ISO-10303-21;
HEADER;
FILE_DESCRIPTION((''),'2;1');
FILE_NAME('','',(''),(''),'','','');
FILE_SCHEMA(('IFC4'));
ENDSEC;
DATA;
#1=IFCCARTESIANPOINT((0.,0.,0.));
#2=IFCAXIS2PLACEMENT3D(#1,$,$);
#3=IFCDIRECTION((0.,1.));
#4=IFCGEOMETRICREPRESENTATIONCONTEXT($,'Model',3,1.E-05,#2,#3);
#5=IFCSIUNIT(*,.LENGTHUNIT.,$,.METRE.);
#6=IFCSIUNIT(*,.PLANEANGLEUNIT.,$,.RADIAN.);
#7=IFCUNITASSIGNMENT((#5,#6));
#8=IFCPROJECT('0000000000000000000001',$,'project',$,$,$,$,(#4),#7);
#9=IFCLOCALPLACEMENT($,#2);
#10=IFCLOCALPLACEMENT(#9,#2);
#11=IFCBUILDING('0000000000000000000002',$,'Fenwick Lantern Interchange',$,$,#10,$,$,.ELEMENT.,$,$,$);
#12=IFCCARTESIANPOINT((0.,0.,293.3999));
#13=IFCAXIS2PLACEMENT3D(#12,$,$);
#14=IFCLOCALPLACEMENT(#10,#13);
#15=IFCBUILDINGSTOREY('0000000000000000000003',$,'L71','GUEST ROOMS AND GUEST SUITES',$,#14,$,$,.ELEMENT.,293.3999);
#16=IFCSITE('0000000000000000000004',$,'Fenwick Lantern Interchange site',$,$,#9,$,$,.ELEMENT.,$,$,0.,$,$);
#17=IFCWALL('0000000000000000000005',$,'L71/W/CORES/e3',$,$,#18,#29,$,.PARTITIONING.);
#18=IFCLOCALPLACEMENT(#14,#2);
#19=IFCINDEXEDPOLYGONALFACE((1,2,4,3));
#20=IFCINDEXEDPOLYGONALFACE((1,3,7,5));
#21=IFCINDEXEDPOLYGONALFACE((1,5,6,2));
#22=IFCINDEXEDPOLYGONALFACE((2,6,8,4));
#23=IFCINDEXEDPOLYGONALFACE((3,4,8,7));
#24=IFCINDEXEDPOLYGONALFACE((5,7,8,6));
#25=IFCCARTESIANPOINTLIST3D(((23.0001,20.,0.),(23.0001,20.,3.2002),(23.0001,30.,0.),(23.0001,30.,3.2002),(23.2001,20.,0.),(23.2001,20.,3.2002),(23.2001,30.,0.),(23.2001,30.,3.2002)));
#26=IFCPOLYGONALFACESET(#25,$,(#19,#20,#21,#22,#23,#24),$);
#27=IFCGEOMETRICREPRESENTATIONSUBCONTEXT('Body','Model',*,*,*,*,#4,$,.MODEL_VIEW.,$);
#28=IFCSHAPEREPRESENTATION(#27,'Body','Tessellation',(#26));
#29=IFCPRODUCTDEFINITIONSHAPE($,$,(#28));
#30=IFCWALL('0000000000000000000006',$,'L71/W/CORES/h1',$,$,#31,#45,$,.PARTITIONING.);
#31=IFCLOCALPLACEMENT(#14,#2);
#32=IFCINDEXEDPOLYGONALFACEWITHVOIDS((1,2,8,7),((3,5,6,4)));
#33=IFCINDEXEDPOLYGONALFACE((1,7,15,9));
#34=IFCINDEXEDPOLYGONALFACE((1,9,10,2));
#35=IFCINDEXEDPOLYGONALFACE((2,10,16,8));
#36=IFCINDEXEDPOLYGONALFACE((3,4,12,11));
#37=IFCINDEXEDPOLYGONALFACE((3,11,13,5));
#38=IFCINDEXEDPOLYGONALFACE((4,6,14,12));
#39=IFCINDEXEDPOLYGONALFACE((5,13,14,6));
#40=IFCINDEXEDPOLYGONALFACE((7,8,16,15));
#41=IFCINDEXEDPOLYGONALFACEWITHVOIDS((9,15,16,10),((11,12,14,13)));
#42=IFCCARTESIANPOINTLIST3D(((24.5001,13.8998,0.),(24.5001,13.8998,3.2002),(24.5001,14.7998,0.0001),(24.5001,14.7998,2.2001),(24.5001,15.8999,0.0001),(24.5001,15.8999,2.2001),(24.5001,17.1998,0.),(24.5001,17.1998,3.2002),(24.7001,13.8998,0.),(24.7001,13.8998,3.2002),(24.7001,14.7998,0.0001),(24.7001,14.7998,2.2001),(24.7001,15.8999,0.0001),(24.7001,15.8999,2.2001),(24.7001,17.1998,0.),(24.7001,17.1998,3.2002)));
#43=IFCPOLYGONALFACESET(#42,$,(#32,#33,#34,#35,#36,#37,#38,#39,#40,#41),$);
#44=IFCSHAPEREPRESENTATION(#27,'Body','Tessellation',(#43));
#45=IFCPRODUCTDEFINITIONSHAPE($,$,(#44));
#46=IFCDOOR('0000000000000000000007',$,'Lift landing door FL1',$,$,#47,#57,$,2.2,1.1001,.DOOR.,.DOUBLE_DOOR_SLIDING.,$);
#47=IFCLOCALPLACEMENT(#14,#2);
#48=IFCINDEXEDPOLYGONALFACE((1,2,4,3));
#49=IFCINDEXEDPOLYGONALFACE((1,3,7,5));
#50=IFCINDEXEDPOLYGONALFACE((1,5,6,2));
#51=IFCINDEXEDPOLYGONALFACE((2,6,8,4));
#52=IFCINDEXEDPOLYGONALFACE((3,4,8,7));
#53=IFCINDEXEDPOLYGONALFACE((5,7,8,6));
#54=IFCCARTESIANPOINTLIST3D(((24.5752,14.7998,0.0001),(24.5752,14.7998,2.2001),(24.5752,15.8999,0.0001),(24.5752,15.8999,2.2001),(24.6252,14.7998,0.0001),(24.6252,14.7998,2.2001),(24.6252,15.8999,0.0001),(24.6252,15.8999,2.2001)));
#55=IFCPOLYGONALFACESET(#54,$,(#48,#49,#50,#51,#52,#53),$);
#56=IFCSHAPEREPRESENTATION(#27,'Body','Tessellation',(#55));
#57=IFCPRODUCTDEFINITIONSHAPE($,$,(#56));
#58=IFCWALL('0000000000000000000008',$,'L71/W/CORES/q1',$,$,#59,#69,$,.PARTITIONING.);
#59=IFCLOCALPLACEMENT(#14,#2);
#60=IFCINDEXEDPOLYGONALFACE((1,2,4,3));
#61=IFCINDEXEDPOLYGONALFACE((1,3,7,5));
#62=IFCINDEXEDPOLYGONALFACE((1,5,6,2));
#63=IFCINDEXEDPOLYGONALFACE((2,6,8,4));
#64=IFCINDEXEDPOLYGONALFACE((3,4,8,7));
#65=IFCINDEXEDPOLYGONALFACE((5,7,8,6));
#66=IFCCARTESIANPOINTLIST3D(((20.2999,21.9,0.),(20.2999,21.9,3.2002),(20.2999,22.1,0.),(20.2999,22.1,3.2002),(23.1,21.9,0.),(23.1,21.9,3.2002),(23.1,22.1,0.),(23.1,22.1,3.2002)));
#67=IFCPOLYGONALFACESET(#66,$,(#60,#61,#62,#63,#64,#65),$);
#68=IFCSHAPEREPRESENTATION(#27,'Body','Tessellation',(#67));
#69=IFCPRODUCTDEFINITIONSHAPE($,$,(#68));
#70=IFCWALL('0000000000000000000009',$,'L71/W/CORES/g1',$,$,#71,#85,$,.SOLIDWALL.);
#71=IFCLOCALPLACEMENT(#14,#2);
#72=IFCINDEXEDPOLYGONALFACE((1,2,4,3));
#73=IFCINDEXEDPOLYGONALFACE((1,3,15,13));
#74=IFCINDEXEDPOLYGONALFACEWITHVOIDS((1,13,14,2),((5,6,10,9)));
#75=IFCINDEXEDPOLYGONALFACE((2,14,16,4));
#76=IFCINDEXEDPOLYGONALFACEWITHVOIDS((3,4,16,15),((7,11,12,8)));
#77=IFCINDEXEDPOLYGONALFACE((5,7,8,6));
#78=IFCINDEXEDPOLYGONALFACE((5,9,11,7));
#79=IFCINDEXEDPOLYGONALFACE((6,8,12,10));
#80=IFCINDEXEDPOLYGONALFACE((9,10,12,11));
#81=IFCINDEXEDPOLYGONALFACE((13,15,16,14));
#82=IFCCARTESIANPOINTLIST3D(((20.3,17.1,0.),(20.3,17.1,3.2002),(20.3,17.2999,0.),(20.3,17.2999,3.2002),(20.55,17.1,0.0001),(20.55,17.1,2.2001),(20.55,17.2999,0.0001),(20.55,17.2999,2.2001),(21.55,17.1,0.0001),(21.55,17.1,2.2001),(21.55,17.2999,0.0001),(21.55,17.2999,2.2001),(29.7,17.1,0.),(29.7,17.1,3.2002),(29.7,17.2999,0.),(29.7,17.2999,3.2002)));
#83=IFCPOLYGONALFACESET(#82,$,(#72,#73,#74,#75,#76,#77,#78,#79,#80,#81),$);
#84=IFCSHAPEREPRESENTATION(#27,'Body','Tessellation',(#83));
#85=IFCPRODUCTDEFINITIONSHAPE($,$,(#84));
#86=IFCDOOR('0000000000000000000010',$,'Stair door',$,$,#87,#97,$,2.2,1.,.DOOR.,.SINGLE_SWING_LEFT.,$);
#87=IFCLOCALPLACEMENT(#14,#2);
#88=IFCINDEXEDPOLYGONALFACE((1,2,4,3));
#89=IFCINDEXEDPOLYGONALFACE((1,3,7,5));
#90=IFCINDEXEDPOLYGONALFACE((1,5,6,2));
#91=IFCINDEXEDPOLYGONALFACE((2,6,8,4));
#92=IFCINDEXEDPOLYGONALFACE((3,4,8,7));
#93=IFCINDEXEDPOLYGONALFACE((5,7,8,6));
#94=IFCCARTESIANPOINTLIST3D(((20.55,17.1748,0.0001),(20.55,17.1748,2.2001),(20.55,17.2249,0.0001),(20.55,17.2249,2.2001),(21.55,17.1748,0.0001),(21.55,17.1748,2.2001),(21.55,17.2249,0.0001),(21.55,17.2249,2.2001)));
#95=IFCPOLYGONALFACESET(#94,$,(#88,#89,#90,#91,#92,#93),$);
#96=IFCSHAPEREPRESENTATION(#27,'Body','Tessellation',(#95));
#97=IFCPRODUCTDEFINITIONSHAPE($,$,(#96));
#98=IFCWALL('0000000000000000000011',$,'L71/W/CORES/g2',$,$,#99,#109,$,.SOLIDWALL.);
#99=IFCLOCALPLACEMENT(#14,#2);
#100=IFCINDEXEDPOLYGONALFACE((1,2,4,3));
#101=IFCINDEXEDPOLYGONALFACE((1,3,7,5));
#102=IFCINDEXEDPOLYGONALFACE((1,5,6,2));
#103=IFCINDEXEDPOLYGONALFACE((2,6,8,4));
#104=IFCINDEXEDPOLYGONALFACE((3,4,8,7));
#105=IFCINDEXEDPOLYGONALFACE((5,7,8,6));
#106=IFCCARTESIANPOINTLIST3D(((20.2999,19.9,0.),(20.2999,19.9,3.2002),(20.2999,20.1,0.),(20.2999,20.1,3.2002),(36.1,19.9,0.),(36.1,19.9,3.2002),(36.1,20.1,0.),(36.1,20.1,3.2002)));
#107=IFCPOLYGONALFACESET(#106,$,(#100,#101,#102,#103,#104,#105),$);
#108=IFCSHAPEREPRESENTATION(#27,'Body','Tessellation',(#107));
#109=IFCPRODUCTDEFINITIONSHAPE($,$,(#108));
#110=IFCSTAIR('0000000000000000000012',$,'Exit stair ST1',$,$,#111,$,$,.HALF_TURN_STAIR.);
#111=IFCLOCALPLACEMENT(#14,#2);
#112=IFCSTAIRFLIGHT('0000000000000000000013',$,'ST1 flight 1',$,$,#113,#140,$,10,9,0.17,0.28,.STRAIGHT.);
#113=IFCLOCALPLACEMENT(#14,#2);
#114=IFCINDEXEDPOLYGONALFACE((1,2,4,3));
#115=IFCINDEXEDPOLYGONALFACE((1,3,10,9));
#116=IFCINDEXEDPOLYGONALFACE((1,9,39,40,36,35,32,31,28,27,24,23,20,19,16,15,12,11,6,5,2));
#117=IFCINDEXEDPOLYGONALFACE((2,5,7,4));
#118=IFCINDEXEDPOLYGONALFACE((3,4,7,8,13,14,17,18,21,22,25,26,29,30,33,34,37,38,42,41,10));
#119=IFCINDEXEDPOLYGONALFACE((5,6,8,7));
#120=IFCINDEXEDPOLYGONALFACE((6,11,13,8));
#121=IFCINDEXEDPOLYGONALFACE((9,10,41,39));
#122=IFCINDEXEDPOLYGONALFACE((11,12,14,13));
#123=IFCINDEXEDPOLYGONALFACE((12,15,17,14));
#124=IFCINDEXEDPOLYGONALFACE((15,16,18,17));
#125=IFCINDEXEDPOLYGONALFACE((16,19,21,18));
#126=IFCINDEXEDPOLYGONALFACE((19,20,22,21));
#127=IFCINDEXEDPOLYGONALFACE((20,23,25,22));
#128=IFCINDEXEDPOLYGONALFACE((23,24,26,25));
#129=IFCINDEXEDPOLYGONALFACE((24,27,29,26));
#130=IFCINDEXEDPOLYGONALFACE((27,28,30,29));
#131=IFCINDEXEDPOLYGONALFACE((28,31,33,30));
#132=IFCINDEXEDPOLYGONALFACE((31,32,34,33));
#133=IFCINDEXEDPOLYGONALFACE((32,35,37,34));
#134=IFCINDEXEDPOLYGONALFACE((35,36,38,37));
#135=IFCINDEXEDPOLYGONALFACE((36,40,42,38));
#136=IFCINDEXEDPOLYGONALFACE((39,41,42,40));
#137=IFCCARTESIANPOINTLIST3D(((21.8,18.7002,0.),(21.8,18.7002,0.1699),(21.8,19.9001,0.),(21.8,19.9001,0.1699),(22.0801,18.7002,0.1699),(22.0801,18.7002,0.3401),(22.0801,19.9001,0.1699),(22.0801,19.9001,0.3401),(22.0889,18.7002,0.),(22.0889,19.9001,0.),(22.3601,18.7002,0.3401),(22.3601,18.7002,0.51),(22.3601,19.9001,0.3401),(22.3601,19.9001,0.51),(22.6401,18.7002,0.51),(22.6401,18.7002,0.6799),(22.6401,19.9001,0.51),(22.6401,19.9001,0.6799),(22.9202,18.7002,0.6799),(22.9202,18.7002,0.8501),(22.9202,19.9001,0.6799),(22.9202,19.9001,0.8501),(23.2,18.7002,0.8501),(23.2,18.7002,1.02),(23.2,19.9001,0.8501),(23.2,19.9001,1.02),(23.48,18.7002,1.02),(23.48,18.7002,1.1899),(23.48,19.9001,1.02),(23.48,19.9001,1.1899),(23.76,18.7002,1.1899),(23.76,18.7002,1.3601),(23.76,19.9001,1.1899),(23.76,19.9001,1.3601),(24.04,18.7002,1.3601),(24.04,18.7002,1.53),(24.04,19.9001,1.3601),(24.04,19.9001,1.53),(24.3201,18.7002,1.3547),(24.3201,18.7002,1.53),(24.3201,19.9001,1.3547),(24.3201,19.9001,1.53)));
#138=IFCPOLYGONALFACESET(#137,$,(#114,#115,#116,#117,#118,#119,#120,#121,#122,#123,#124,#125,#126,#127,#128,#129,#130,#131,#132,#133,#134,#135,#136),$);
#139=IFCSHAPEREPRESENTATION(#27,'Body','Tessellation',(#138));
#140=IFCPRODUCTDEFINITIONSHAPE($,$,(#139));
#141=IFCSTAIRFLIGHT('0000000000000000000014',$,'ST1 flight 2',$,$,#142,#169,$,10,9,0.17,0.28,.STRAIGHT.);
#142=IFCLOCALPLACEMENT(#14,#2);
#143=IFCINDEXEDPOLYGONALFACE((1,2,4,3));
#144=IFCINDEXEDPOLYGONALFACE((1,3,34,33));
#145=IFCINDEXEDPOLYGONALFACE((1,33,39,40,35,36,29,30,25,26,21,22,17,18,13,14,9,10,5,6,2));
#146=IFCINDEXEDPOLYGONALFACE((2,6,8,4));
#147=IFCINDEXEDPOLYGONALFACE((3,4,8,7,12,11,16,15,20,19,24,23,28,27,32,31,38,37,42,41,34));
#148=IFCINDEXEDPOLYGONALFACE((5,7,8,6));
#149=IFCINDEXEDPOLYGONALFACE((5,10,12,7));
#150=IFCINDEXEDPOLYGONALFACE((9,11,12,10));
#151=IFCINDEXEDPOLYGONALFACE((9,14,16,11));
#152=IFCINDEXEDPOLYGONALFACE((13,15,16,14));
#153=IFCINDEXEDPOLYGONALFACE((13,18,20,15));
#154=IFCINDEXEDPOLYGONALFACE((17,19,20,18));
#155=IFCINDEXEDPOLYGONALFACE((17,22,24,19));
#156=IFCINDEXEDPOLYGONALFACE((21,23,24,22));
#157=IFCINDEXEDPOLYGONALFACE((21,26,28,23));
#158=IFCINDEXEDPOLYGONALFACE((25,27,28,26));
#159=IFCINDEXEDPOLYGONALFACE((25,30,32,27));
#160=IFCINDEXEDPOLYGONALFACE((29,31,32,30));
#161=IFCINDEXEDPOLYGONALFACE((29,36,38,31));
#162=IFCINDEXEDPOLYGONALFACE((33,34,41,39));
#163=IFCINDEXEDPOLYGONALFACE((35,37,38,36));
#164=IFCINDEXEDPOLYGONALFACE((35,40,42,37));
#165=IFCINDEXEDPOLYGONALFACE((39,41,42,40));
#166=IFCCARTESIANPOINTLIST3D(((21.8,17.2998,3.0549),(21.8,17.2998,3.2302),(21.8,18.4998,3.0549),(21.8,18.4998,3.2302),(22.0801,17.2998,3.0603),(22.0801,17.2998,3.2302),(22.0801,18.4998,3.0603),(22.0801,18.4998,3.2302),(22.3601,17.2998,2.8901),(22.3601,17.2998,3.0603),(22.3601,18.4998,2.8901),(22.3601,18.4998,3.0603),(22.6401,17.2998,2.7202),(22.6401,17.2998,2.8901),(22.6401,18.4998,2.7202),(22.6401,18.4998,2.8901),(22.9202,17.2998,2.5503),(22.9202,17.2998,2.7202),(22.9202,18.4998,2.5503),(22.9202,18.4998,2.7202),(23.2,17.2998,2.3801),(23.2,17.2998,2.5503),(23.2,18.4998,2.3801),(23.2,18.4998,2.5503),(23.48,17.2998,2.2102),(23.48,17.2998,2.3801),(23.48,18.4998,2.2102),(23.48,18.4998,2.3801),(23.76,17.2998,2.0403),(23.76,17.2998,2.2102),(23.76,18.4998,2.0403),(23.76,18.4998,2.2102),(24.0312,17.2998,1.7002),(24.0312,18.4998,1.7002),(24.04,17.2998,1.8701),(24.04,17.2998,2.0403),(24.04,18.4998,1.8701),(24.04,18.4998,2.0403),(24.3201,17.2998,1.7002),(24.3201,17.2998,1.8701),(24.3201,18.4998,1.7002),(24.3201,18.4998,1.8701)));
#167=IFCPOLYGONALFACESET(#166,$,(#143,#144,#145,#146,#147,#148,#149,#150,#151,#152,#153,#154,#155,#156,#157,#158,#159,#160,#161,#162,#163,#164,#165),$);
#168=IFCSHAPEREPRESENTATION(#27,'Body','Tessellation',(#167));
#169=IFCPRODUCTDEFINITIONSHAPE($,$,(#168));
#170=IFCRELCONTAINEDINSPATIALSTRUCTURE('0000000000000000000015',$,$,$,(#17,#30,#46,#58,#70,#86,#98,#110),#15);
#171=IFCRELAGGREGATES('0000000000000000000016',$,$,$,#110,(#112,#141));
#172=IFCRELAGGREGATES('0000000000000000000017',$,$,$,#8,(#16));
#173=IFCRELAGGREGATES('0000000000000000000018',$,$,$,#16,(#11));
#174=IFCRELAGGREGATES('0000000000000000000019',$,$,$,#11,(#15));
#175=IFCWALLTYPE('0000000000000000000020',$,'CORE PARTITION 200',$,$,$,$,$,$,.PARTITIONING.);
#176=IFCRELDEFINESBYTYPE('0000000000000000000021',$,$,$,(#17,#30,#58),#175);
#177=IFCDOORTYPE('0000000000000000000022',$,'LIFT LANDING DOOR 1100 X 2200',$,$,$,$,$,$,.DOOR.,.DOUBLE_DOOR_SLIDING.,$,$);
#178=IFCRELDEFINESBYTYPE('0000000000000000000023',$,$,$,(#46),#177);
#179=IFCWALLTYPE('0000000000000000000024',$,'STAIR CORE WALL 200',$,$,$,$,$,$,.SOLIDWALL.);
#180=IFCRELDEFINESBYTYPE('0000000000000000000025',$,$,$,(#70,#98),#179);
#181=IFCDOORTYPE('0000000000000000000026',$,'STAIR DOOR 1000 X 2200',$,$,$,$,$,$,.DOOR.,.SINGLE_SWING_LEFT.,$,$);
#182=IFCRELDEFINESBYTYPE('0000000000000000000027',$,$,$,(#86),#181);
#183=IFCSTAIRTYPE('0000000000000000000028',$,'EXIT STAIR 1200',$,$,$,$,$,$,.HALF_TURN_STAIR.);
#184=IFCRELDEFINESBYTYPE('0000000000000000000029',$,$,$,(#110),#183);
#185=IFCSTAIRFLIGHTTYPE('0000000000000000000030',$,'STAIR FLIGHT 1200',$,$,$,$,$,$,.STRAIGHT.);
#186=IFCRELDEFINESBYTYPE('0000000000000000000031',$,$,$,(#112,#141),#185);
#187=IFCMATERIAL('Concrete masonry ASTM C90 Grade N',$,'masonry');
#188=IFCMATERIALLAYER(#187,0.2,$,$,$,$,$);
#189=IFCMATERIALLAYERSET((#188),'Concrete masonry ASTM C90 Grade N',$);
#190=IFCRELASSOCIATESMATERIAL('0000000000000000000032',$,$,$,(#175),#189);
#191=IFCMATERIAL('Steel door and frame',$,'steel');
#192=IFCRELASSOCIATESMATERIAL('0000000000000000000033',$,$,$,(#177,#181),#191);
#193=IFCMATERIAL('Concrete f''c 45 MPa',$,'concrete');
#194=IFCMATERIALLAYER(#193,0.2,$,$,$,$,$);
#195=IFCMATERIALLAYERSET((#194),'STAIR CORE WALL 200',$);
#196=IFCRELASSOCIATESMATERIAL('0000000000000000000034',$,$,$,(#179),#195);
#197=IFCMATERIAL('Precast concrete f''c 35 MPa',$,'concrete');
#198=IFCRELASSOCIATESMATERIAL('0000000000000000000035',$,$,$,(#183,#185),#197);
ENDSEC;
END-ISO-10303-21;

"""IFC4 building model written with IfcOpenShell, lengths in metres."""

from ifc_helpers import new_model, si_unit, direction, frame, frame_2d, origin, place, context, subcontext, project, spatial, polyline, rectangle, outline, extrude, material, layer, layer_set, type_object, element, fill, aggregate, save


model = new_model("IFC4")

# Units and contexts
model_context = context("Model", 3, precision=1e-05, world=origin(), true_north=direction((0.0, 1.0)))
body_context = subcontext(model_context, "Body", "Model", "MODEL_VIEW")
ifc_project = project(units=[si_unit("LENGTHUNIT", "METRE"), si_unit("PLANEANGLEUNIT", "RADIAN")], contexts=[model_context])

# Site, building, storey
site_placement = place(None, origin())
site = spatial("IfcSite", under=ifc_project, at=site_placement, Name="Fenwick Lantern Interchange site", CompositionType="ELEMENT", RefElevation=0.0)
building_placement = place(site_placement, origin())
building = spatial("IfcBuilding", under=site, at=building_placement, Name="Fenwick Lantern Interchange", CompositionType="ELEMENT")
storey_placement = place(building_placement, frame((0.0, 0.0, 293.3999)))
storey = spatial("IfcBuildingStorey", under=building, at=storey_placement, Name="L71", Description="GUEST ROOMS AND GUEST SUITES", CompositionType="ELEMENT", Elevation=293.3999)

# Wall
ifc_material_1 = material(Name="Concrete masonry ASTM C90 Grade N", Category="masonry")
ifc_layer_1 = layer(ifc_material_1, 0.2)
ifc_layer_set_1 = layer_set([ifc_layer_1], Name="Concrete masonry ASTM C90 Grade N")
wall_type_1 = type_object("IfcWallType", Name="CORE PARTITION 200", PredefinedType="PARTITIONING", material=ifc_layer_set_1)
wall_1_placement = place(storey_placement, frame((23.1001, 20.0, 0.0), z_axis=(0.0, 0.0, 1.0), x_axis=(0.0, 1.0, 0.0)))
element("IfcWall", 1, at=wall_1_placement, inside=storey, type_object=wall_type_1, Name="L71/W/CORES/e3", PredefinedType="PARTITIONING", context=body_context, shape_type="SweptSolid", body=[
    extrude(rectangle(XDim=10.0, YDim=0.2, at=frame_2d((5.0, 0.0))), origin(), (0.0, 0.0, 1.0), 3.2002),
])

# Wall, opening, door
wall_2_placement = place(storey_placement, frame((24.6001, 13.8999, 0.0), z_axis=(0.0, 0.0, 1.0), x_axis=(0.0, 1.0, 0.0)))
wall_2 = element("IfcWall", 2, at=wall_2_placement, inside=storey, type_object=wall_type_1, Name="L71/W/CORES/h1", PredefinedType="PARTITIONING", context=body_context, shape_type="SweptSolid", body=[
    extrude(rectangle(XDim=3.3, YDim=0.2, at=frame_2d((1.6499, 0.0))), origin(), (0.0, 0.0, 1.0), 3.2002),
])
opening_1_placement = place(wall_2_placement, frame((0.8999, 0.0, 0.0)))
opening_1 = element("IfcOpeningElement", 3, at=opening_1_placement, cuts=wall_2, PredefinedType="OPENING", context=body_context, shape_type="SweptSolid", body=[
    extrude(rectangle(XDim=1.1001, YDim=2.2, at=frame_2d((0.55, 1.1001))), frame((0.0, 0.1099, 0.0), z_axis=(0.0, -1.0, 0.0), x_axis=(1.0, 0.0, 0.0)), (0.0, 0.0, 1.0), 0.22),
])
ifc_material_2 = material(Name="Steel door and frame", Category="steel")
door_type_1 = type_object("IfcDoorType", Name="LIFT LANDING DOOR 1100 X 2200", OperationType="DOUBLE_DOOR_SLIDING", PredefinedType="DOOR", material=ifc_material_2)
door_1_placement = place(opening_1_placement, origin())
door_1 = element("IfcDoor", 4, at=door_1_placement, inside=storey, type_object=door_type_1, Name="Lift landing door FL1", OperationType="DOUBLE_DOOR_SLIDING", OverallHeight=2.2, OverallWidth=1.1001, PredefinedType="DOOR", context=body_context, shape_type="SweptSolid", body=[
    extrude(rectangle(XDim=1.1001, YDim=2.2, at=frame_2d((0.55, 1.1001))), frame((0.0, 0.0249, 0.0), z_axis=(0.0, -1.0, 0.0), x_axis=(1.0, 0.0, 0.0)), (0.0, 0.0, 1.0), 0.05),
])
fill(opening_1, door_1)

# Wall
wall_3_placement = place(storey_placement, frame((20.3, 22.0, 0.0), z_axis=(0.0, 0.0, 1.0), x_axis=(1.0, 0.0, 0.0)))
element("IfcWall", 5, at=wall_3_placement, inside=storey, type_object=wall_type_1, Name="L71/W/CORES/q1", PredefinedType="PARTITIONING", context=body_context, shape_type="SweptSolid", body=[
    extrude(rectangle(XDim=2.8, YDim=0.2, at=frame_2d((1.3999, 0.0))), origin(), (0.0, 0.0, 1.0), 3.2002),
])

# Wall, opening, door
ifc_material_3 = material(Name="Concrete f'c 45 MPa", Category="concrete")
ifc_layer_2 = layer(ifc_material_3, 0.2)
ifc_layer_set_2 = layer_set([ifc_layer_2], Name="STAIR CORE WALL 200")
wall_type_2 = type_object("IfcWallType", Name="STAIR CORE WALL 200", PredefinedType="SOLIDWALL", material=ifc_layer_set_2)
wall_4_placement = place(storey_placement, frame((20.3, 17.2, 0.0), z_axis=(0.0, 0.0, 1.0), x_axis=(1.0, 0.0, 0.0)))
wall_4 = element("IfcWall", 6, at=wall_4_placement, inside=storey, type_object=wall_type_2, Name="L71/W/CORES/g1", PredefinedType="SOLIDWALL", context=body_context, shape_type="SweptSolid", body=[
    extrude(rectangle(XDim=9.3999, YDim=0.2, at=frame_2d((4.7, 0.0))), origin(), (0.0, 0.0, 1.0), 3.2002),
])
opening_2_placement = place(wall_4_placement, frame((0.25, 0.0, 0.0)))
opening_2 = element("IfcOpeningElement", 7, at=opening_2_placement, cuts=wall_4, PredefinedType="OPENING", context=body_context, shape_type="SweptSolid", body=[
    extrude(rectangle(XDim=1.0, YDim=2.2, at=frame_2d((0.5, 1.1001))), frame((0.0, 0.1099, 0.0), z_axis=(0.0, -1.0, 0.0), x_axis=(1.0, 0.0, 0.0)), (0.0, 0.0, 1.0), 0.22),
])
door_type_2 = type_object("IfcDoorType", Name="STAIR DOOR 1000 X 2200", OperationType="SINGLE_SWING_LEFT", PredefinedType="DOOR", material=ifc_material_2)
door_2_placement = place(opening_2_placement, origin())
door_2 = element("IfcDoor", 8, at=door_2_placement, inside=storey, type_object=door_type_2, Name="Stair door", OperationType="SINGLE_SWING_LEFT", OverallHeight=2.2, OverallWidth=1.0, PredefinedType="DOOR", context=body_context, shape_type="SweptSolid", body=[
    extrude(rectangle(XDim=1.0, YDim=2.2, at=frame_2d((0.5, 1.1001))), frame((0.0, 0.0249, 0.0), z_axis=(0.0, -1.0, 0.0), x_axis=(1.0, 0.0, 0.0)), (0.0, 0.0, 1.0), 0.05),
])
fill(opening_2, door_2)

# Wall
wall_5_placement = place(storey_placement, frame((20.3, 20.0, 0.0), z_axis=(0.0, 0.0, 1.0), x_axis=(1.0, 0.0, 0.0)))
element("IfcWall", 9, at=wall_5_placement, inside=storey, type_object=wall_type_2, Name="L71/W/CORES/g2", PredefinedType="SOLIDWALL", context=body_context, shape_type="SweptSolid", body=[
    extrude(rectangle(XDim=15.8, YDim=0.2, at=frame_2d((7.8999, 0.0))), origin(), (0.0, 0.0, 1.0), 3.2002),
])

# Stair, stair flights
ifc_material_4 = material(Name="Precast concrete f'c 35 MPa", Category="concrete")
stair_type = type_object("IfcStairType", Name="EXIT STAIR 1200", PredefinedType="HALF_TURN_STAIR", material=ifc_material_4)
stair_placement = place(storey_placement, origin())
stair = element("IfcStair", 10, at=stair_placement, inside=storey, type_object=stair_type, Name="Exit stair ST1", PredefinedType="HALF_TURN_STAIR")
stair_flight_type = type_object("IfcStairFlightType", Name="STAIR FLIGHT 1200", PredefinedType="STRAIGHT", material=ifc_material_4)
stair_flight_1_placement = place(storey_placement, frame((21.8, 19.3, 0.0), z_axis=(0.0, 0.0, 1.0), x_axis=(1.0, 0.0, 0.0)))
stair_flight_1 = element("IfcStairFlight", 11, at=stair_flight_1_placement, type_object=stair_flight_type, Name="ST1 flight 1", NumberOfRisers=10, NumberOfTreads=9, PredefinedType="STRAIGHT", RiserHeight=0.17, TreadLength=0.28, context=body_context, shape_type="SweptSolid", body=[
    extrude(outline(polyline([(0.0, 0.0), (0.0, 0.1699), (0.28, 0.1699), (0.28, 0.3401), (0.5601, 0.3401), (0.5601, 0.51), (0.8401, 0.51), (0.8401, 0.6799), (1.1201, 0.6799), (1.1201, 0.8501), (1.3999, 0.8501), (1.3999, 1.02), (1.6799, 1.02), (1.6799, 1.1899), (1.96, 1.1899), (1.96, 1.3601), (2.24, 1.3601), (2.24, 1.53), (2.52, 1.53), (2.52, 1.7), (2.52, 1.3547), (0.2888, 0.0), (0.0, 0.0)])), frame((0.0, 0.6001, 0.0), z_axis=(0.0, -1.0, 0.0), x_axis=(1.0, 0.0, 0.0)), (0.0, 0.0, 1.0), 1.2),
])
stair_flight_2_placement = place(storey_placement, frame((24.3201, 17.8999, 1.7002), z_axis=(0.0, 0.0, 1.0), x_axis=(-1.0, 0.0, 0.0)))
stair_flight_2 = element("IfcStairFlight", 12, at=stair_flight_2_placement, type_object=stair_flight_type, Name="ST1 flight 2", NumberOfRisers=10, NumberOfTreads=9, PredefinedType="STRAIGHT", RiserHeight=0.17, TreadLength=0.28, context=body_context, shape_type="SweptSolid", body=[
    extrude(outline(polyline([(0.0, 0.0), (0.0, 0.1699), (0.28, 0.1699), (0.28, 0.3401), (0.5601, 0.3401), (0.5601, 0.51), (0.8401, 0.51), (0.8401, 0.6799), (1.1201, 0.6799), (1.1201, 0.8501), (1.3999, 0.8501), (1.3999, 1.02), (1.6799, 1.02), (1.6799, 1.1899), (1.96, 1.1899), (1.96, 1.3601), (2.24, 1.3601), (2.24, 1.53), (2.52, 1.53), (2.52, 1.7), (2.52, 1.3547), (0.2888, 0.0), (0.0, 0.0)])), frame((0.0, 0.6001, 0.0), z_axis=(0.0, -1.0, 0.0), x_axis=(1.0, 0.0, 0.0)), (0.0, 0.0, 1.0), 1.2),
])
aggregate(stair, [stair_flight_1, stair_flight_2])

save(model, "model.ifc")
